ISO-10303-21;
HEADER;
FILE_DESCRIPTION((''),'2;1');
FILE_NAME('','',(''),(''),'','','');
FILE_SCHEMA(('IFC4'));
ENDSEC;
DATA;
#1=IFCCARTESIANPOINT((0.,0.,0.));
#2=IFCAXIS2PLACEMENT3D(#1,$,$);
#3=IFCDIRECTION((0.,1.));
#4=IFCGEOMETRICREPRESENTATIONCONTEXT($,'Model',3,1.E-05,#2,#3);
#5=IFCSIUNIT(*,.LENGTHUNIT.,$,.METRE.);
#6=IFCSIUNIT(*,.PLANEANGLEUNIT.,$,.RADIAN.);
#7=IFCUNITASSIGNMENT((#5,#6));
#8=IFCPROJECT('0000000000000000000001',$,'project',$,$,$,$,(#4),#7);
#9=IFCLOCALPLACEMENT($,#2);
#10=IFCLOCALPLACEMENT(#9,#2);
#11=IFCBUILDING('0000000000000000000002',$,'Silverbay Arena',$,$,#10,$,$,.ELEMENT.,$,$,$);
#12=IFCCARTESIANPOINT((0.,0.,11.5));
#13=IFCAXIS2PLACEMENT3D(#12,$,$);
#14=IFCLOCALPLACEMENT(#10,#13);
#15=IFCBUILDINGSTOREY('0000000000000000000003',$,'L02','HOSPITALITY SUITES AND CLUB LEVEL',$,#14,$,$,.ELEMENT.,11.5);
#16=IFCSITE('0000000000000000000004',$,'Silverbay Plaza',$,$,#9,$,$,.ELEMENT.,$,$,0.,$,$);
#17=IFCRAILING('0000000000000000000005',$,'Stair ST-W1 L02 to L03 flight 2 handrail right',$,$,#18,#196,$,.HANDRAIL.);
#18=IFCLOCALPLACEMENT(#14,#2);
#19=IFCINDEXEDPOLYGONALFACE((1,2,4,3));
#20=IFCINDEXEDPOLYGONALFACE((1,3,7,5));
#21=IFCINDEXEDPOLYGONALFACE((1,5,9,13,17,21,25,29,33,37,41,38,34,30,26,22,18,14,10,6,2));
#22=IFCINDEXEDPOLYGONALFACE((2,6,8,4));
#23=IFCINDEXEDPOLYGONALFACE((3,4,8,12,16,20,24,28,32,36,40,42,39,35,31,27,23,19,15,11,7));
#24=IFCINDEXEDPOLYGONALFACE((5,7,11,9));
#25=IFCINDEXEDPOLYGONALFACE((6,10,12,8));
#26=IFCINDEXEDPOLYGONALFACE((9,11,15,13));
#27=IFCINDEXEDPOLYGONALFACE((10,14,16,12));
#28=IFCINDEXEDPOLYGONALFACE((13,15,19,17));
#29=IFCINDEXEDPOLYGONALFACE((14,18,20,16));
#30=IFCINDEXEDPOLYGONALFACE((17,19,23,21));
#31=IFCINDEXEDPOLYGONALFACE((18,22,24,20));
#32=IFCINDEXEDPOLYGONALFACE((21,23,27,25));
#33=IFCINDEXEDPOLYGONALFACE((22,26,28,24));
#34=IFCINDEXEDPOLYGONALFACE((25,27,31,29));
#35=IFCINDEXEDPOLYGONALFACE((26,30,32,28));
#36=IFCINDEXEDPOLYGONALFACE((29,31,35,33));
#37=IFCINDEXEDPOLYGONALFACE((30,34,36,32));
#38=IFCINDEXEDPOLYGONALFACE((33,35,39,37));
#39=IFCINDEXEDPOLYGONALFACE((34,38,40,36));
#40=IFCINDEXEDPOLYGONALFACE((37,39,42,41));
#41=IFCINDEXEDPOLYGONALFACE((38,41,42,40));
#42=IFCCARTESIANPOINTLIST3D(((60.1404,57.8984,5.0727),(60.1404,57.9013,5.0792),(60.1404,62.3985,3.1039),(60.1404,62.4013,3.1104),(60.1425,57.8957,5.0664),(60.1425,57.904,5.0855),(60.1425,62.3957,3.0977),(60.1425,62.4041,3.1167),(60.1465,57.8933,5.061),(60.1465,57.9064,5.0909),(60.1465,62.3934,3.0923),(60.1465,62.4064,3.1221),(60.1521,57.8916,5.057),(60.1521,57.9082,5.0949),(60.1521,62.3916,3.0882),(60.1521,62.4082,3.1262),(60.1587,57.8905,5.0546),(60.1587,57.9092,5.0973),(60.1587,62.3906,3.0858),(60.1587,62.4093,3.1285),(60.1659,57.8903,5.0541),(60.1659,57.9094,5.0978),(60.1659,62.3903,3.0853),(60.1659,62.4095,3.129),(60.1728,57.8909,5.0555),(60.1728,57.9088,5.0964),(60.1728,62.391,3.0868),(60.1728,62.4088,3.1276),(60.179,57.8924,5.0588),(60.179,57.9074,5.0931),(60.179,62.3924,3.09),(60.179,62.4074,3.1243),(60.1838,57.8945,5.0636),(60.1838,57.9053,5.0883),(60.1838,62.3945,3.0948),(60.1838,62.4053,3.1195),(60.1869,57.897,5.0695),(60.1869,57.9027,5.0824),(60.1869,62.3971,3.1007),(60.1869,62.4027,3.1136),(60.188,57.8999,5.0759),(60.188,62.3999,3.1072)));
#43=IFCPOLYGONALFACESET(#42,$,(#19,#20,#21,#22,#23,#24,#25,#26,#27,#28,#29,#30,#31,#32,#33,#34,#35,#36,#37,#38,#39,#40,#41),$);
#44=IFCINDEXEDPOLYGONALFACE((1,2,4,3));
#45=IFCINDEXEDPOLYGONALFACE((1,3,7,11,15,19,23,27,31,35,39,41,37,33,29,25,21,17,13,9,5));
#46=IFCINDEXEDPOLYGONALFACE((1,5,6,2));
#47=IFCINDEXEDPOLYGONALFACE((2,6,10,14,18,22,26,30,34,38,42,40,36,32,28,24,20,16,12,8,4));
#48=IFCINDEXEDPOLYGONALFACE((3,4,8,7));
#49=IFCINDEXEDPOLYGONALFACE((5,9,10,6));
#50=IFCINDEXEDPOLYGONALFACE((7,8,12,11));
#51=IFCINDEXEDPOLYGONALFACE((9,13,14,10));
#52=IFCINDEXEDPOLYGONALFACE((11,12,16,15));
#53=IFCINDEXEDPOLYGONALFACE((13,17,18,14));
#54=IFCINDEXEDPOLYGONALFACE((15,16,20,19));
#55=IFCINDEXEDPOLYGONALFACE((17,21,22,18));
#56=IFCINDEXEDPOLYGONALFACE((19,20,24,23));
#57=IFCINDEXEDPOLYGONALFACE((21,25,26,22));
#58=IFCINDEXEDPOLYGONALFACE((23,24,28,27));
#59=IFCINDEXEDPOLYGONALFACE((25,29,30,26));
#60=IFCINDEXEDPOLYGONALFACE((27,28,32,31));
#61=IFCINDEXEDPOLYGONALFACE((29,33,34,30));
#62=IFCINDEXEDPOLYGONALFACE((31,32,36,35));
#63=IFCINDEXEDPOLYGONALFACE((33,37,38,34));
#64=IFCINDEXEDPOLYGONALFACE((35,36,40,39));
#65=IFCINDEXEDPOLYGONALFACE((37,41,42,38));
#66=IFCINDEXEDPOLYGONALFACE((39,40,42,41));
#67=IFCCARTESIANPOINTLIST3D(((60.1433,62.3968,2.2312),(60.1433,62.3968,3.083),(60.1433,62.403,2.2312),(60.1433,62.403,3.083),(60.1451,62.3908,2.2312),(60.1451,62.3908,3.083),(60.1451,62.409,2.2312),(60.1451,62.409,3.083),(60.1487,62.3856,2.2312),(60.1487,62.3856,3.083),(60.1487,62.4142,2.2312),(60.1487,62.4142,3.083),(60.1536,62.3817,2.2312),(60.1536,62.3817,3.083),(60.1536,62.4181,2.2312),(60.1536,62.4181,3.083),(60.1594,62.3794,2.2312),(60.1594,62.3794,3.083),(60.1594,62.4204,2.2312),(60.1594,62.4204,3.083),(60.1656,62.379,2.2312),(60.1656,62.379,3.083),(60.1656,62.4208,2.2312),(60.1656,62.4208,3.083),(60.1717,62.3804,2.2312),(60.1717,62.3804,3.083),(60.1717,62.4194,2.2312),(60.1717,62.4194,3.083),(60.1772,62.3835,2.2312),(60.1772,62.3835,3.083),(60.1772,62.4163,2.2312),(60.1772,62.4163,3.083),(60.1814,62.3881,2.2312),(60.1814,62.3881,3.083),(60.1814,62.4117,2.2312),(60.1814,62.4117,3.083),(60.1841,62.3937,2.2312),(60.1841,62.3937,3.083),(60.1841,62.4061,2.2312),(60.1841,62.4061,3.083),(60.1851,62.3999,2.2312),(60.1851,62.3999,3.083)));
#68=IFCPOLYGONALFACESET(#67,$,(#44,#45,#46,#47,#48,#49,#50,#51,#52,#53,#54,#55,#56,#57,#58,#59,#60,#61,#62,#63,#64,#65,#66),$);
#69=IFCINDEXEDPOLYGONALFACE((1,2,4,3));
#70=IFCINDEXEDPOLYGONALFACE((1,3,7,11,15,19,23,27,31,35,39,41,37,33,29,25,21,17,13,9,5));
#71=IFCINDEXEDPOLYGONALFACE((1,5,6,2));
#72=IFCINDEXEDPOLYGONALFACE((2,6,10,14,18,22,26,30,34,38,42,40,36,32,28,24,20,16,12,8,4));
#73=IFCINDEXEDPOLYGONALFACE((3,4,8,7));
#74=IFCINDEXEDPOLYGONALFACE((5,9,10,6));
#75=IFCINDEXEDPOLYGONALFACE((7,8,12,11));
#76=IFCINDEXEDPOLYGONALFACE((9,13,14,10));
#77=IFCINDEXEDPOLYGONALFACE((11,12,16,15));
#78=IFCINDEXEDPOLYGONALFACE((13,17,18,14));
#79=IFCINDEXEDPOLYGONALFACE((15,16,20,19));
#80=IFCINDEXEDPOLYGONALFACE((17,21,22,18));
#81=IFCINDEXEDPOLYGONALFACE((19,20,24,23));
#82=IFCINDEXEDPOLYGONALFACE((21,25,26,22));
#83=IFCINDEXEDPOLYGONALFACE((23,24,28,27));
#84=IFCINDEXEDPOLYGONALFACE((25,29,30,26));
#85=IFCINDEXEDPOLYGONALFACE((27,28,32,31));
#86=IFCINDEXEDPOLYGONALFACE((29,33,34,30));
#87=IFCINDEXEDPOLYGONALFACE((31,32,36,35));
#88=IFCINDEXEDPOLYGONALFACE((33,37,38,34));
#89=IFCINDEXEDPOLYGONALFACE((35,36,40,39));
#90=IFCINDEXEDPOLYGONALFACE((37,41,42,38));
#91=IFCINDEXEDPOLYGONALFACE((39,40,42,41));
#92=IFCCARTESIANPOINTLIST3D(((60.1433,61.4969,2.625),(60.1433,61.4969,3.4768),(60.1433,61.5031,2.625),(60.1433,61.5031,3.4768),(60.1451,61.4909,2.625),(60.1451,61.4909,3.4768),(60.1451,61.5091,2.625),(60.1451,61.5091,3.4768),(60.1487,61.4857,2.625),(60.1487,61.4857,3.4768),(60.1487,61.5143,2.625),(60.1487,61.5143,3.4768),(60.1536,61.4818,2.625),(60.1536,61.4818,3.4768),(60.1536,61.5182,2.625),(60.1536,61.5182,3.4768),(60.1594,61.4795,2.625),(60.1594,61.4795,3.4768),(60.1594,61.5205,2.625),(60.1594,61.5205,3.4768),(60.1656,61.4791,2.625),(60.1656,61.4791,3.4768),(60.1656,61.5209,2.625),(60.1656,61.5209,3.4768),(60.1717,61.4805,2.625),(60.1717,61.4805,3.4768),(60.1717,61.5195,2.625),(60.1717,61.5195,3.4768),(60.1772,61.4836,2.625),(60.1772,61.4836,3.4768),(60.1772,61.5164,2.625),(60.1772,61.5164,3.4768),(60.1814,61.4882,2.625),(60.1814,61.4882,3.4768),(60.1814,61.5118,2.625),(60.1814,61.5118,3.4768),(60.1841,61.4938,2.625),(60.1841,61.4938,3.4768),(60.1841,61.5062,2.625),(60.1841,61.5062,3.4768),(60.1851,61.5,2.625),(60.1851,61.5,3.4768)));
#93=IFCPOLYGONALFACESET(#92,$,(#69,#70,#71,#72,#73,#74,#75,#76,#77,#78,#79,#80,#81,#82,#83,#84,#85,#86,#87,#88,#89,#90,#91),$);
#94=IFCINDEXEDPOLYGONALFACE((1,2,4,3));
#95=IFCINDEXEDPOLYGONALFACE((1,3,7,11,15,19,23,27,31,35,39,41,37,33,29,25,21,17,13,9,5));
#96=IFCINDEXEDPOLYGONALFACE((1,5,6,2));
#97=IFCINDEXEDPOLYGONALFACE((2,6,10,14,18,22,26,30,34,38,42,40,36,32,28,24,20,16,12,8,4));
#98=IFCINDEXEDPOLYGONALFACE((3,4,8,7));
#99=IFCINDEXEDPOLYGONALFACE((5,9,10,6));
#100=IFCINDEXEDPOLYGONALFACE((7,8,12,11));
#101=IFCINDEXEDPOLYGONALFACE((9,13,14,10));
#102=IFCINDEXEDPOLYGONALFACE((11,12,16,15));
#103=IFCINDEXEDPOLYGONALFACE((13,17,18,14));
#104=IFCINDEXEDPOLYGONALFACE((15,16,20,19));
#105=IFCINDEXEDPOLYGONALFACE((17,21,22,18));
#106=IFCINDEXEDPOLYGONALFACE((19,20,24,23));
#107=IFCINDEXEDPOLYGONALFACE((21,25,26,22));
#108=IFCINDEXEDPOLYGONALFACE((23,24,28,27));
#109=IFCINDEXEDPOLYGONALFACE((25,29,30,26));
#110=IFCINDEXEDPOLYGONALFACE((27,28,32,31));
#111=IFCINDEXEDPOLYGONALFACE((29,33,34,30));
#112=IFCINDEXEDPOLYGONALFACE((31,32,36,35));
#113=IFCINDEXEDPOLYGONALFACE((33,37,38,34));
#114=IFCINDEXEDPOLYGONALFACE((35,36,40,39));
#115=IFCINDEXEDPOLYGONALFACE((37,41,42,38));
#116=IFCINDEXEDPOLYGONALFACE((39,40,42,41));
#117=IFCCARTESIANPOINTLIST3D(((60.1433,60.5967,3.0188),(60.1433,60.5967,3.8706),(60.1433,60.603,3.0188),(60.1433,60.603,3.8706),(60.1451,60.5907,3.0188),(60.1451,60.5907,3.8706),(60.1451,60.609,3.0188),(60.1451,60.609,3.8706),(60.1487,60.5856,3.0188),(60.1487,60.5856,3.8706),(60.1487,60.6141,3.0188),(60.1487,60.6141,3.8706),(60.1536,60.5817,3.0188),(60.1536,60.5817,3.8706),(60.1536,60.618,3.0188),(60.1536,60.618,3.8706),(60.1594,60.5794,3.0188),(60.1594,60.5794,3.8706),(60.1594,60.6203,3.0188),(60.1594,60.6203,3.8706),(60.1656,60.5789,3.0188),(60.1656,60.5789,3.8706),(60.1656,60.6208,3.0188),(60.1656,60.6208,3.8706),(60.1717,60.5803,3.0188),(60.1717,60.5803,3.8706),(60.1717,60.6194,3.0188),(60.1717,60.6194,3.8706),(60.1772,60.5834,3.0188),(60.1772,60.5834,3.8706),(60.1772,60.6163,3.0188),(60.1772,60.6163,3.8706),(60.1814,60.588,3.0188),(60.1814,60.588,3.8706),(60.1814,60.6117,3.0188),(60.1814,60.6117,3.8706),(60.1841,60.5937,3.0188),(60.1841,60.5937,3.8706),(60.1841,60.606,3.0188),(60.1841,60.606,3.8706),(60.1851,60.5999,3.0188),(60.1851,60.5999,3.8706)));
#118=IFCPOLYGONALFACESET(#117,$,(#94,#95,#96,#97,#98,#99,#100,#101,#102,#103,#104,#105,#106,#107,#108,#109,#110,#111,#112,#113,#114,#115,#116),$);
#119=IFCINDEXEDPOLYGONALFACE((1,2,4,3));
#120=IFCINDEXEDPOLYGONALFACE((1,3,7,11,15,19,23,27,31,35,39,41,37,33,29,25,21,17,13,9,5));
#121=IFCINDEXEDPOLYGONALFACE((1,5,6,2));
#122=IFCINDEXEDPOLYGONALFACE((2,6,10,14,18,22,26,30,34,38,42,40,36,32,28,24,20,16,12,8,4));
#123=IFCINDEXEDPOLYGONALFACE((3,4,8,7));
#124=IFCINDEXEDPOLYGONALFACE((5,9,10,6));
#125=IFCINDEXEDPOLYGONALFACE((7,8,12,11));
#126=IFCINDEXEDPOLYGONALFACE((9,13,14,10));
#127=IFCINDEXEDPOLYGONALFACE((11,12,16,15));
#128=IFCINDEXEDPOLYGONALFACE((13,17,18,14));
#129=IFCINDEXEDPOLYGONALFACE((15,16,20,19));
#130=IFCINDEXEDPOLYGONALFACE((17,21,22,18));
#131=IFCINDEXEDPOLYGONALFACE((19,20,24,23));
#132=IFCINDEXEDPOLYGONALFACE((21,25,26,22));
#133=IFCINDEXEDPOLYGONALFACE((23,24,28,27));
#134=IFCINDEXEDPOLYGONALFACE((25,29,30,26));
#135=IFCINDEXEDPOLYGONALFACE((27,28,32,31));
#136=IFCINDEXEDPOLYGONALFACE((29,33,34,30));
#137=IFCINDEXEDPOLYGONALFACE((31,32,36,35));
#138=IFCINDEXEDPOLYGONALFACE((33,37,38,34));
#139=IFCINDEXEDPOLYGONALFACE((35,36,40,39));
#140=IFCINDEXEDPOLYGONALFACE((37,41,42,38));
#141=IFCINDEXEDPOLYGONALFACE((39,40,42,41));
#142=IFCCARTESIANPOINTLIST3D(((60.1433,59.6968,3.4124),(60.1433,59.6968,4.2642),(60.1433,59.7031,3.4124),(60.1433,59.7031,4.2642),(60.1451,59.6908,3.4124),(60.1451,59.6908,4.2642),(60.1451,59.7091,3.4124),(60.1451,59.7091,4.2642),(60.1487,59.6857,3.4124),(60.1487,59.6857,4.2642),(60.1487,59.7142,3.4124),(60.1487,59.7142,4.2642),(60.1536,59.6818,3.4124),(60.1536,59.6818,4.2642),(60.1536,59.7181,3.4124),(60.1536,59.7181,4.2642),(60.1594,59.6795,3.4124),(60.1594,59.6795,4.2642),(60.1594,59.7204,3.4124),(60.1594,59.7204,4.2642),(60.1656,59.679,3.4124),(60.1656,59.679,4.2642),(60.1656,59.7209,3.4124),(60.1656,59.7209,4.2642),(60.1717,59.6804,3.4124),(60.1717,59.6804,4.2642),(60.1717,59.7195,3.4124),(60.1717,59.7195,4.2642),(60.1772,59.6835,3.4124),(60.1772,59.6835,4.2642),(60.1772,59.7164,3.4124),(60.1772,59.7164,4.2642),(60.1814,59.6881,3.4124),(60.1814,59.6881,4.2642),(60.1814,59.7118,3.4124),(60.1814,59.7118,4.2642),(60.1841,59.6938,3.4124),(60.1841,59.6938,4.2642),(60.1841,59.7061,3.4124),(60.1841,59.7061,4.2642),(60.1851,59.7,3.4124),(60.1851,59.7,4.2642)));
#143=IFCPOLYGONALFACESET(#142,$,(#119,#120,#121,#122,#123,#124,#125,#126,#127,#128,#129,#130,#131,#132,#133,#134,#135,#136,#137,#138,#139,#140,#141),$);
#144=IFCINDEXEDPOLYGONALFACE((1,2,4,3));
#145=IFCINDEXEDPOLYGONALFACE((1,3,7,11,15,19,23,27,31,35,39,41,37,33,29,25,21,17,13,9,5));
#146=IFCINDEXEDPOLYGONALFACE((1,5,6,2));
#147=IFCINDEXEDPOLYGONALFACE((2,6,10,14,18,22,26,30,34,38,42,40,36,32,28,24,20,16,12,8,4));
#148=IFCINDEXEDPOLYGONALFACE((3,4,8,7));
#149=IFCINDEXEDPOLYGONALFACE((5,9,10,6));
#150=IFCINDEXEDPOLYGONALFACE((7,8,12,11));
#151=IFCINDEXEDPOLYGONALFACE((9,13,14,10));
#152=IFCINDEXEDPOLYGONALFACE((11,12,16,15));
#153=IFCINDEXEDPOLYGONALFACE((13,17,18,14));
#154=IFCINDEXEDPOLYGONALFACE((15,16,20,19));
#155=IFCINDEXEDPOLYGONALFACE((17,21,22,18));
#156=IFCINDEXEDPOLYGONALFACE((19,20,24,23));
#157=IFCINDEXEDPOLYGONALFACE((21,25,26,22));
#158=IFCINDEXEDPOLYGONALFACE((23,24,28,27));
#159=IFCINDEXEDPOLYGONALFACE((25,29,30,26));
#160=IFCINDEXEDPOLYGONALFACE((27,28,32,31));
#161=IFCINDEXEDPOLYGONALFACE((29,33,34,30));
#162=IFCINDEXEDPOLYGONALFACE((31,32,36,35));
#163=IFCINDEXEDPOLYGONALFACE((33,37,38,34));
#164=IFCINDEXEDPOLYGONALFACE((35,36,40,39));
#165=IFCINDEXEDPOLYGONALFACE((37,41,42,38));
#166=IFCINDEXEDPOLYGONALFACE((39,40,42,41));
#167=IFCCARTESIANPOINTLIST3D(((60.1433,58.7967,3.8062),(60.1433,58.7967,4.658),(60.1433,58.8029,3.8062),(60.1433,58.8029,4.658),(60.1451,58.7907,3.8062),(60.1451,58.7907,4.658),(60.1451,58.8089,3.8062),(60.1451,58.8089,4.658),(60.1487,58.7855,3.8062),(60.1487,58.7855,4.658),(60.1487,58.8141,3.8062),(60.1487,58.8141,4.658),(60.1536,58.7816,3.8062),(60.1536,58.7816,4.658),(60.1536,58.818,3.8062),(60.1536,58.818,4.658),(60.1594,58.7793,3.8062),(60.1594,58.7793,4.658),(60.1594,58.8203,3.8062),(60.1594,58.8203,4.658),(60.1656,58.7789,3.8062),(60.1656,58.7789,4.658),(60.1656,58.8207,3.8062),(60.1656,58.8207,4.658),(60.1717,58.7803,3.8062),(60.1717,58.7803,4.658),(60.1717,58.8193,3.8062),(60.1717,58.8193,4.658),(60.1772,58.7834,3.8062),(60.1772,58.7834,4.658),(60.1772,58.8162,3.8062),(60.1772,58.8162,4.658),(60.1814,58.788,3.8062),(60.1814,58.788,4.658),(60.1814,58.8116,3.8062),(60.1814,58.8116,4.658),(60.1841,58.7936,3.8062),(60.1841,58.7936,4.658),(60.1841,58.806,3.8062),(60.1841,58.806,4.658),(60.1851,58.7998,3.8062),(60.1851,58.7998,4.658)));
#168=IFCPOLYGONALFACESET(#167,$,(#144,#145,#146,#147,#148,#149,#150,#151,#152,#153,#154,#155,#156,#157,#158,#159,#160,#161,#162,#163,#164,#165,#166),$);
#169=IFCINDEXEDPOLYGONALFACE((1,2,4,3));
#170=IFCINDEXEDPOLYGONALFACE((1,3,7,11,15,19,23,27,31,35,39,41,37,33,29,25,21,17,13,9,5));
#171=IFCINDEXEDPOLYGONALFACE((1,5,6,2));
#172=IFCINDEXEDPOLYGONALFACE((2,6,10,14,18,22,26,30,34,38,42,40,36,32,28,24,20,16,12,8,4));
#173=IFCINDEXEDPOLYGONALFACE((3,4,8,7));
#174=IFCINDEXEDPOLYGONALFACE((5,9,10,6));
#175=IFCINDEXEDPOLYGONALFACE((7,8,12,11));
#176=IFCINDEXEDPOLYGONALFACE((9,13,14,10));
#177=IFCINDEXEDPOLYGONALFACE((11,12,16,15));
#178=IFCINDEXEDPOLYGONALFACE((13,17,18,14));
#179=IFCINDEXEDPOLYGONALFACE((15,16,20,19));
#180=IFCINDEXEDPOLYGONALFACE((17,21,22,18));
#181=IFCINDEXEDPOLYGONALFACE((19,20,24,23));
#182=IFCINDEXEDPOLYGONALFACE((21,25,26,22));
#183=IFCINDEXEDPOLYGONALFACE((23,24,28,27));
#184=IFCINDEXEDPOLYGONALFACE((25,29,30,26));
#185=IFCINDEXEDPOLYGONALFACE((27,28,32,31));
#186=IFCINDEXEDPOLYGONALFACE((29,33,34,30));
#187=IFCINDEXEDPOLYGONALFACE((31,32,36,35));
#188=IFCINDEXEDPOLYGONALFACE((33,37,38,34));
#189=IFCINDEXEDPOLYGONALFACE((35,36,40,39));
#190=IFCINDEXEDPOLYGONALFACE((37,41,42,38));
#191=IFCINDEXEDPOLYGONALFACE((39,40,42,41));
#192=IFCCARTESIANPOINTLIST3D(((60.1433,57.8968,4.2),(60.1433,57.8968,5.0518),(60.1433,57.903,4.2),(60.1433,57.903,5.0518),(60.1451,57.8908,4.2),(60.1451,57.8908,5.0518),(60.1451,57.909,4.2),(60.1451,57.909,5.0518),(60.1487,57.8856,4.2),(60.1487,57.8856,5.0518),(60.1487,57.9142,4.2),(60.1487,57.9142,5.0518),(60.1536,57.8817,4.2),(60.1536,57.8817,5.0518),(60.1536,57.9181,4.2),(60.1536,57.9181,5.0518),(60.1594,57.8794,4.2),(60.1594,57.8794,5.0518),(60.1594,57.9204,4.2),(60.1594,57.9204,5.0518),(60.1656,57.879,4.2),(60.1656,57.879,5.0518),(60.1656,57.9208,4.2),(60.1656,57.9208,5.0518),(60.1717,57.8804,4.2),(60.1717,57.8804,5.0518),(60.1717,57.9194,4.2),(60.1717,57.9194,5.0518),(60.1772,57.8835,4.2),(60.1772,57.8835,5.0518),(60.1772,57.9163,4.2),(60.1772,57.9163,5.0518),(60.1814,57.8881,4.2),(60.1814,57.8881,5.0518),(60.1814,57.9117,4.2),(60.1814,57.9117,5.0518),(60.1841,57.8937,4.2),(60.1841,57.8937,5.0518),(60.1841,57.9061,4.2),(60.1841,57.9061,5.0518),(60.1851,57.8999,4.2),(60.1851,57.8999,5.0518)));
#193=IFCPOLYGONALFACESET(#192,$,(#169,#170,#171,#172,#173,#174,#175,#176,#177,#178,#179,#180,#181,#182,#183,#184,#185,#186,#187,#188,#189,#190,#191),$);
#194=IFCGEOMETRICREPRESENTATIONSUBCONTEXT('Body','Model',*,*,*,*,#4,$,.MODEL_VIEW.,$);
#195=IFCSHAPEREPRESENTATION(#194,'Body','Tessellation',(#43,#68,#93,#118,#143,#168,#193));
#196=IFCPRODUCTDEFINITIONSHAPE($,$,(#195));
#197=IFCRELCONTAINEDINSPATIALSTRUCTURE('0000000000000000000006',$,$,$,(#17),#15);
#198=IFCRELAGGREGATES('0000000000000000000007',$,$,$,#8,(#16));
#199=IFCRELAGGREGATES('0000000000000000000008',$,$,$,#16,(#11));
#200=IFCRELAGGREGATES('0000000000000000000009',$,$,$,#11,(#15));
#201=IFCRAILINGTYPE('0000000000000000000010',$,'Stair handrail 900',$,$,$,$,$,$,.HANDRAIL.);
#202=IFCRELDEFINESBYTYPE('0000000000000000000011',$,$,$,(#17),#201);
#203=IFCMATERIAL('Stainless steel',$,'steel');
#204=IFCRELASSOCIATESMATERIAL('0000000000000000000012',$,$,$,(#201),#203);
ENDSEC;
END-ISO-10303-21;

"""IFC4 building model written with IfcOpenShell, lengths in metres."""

from ifc_helpers import new_model, si_unit, direction, frame, origin, origin_2d, place, context, subcontext, project, spatial, circle, extrude, material, type_object, element, save


model = new_model("IFC4")

# Units and contexts
model_context = context("Model", 3, precision=1e-05, world=origin(), true_north=direction((0.0, 1.0)))
body_context = subcontext(model_context, "Body", "Model", "MODEL_VIEW")
ifc_project = project(units=[si_unit("LENGTHUNIT", "METRE"), si_unit("PLANEANGLEUNIT", "RADIAN")], contexts=[model_context])

# Site, building, storey
site_placement = place(None, origin())
site = spatial("IfcSite", under=ifc_project, at=site_placement, Name="Silverbay Plaza", CompositionType="ELEMENT", RefElevation=0.0)
building_placement = place(site_placement, origin())
building = spatial("IfcBuilding", under=site, at=building_placement, Name="Silverbay Arena", CompositionType="ELEMENT")
storey_placement = place(building_placement, frame((0.0, 0.0, 11.5)))
storey = spatial("IfcBuildingStorey", under=building, at=storey_placement, Name="L02", Description="HOSPITALITY SUITES AND CLUB LEVEL", CompositionType="ELEMENT", Elevation=11.5)

# Railing
ifc_material_1 = material(Name="Stainless steel", Category="steel")
railing_type_1 = type_object("IfcRailingType", Name="Stair handrail 900", PredefinedType="HANDRAIL", material=ifc_material_1)
for number, where, name in (
    (1, (60.1641, 62.3999, 2.2312), "Stair ST-W1 L02 to L03 flight 2 handrail right"),
):
    element("IfcRailing", number, at=place(storey_placement, frame(where)), inside=storey, type_object=railing_type_1, Name=name, PredefinedType="HANDRAIL", context=body_context, shape_type="SweptSolid", body=[
        extrude(circle(Radius=0.0239, at=origin_2d()), frame((0.0, 0.0, 0.876), z_axis=(0.0, -0.916157, 0.400819), x_axis=(1.0, 0.0, 0.0)), (0.0, 0.0, 1.0), 4.9119),
        extrude(circle(Radius=0.021, at=origin_2d()), origin(), (0.0, 0.0, 1.0), 0.8518),
        extrude(circle(Radius=0.021, at=origin_2d()), frame((0.0, -0.8999, 0.3938)), (0.0, 0.0, 1.0), 0.8518),
        extrude(circle(Radius=0.021, at=origin_2d()), frame((0.0, -1.8, 0.7876)), (0.0, 0.0, 1.0), 0.8518),
        extrude(circle(Radius=0.021, at=origin_2d()), frame((0.0, -2.7, 1.1812)), (0.0, 0.0, 1.0), 0.8518),
        extrude(circle(Radius=0.021, at=origin_2d()), frame((0.0, -3.6001, 1.575)), (0.0, 0.0, 1.0), 0.8518),
        extrude(circle(Radius=0.021, at=origin_2d()), frame((0.0, -4.5, 1.9688)), (0.0, 0.0, 1.0), 0.8518),
    ])

save(model, "model.ifc")
